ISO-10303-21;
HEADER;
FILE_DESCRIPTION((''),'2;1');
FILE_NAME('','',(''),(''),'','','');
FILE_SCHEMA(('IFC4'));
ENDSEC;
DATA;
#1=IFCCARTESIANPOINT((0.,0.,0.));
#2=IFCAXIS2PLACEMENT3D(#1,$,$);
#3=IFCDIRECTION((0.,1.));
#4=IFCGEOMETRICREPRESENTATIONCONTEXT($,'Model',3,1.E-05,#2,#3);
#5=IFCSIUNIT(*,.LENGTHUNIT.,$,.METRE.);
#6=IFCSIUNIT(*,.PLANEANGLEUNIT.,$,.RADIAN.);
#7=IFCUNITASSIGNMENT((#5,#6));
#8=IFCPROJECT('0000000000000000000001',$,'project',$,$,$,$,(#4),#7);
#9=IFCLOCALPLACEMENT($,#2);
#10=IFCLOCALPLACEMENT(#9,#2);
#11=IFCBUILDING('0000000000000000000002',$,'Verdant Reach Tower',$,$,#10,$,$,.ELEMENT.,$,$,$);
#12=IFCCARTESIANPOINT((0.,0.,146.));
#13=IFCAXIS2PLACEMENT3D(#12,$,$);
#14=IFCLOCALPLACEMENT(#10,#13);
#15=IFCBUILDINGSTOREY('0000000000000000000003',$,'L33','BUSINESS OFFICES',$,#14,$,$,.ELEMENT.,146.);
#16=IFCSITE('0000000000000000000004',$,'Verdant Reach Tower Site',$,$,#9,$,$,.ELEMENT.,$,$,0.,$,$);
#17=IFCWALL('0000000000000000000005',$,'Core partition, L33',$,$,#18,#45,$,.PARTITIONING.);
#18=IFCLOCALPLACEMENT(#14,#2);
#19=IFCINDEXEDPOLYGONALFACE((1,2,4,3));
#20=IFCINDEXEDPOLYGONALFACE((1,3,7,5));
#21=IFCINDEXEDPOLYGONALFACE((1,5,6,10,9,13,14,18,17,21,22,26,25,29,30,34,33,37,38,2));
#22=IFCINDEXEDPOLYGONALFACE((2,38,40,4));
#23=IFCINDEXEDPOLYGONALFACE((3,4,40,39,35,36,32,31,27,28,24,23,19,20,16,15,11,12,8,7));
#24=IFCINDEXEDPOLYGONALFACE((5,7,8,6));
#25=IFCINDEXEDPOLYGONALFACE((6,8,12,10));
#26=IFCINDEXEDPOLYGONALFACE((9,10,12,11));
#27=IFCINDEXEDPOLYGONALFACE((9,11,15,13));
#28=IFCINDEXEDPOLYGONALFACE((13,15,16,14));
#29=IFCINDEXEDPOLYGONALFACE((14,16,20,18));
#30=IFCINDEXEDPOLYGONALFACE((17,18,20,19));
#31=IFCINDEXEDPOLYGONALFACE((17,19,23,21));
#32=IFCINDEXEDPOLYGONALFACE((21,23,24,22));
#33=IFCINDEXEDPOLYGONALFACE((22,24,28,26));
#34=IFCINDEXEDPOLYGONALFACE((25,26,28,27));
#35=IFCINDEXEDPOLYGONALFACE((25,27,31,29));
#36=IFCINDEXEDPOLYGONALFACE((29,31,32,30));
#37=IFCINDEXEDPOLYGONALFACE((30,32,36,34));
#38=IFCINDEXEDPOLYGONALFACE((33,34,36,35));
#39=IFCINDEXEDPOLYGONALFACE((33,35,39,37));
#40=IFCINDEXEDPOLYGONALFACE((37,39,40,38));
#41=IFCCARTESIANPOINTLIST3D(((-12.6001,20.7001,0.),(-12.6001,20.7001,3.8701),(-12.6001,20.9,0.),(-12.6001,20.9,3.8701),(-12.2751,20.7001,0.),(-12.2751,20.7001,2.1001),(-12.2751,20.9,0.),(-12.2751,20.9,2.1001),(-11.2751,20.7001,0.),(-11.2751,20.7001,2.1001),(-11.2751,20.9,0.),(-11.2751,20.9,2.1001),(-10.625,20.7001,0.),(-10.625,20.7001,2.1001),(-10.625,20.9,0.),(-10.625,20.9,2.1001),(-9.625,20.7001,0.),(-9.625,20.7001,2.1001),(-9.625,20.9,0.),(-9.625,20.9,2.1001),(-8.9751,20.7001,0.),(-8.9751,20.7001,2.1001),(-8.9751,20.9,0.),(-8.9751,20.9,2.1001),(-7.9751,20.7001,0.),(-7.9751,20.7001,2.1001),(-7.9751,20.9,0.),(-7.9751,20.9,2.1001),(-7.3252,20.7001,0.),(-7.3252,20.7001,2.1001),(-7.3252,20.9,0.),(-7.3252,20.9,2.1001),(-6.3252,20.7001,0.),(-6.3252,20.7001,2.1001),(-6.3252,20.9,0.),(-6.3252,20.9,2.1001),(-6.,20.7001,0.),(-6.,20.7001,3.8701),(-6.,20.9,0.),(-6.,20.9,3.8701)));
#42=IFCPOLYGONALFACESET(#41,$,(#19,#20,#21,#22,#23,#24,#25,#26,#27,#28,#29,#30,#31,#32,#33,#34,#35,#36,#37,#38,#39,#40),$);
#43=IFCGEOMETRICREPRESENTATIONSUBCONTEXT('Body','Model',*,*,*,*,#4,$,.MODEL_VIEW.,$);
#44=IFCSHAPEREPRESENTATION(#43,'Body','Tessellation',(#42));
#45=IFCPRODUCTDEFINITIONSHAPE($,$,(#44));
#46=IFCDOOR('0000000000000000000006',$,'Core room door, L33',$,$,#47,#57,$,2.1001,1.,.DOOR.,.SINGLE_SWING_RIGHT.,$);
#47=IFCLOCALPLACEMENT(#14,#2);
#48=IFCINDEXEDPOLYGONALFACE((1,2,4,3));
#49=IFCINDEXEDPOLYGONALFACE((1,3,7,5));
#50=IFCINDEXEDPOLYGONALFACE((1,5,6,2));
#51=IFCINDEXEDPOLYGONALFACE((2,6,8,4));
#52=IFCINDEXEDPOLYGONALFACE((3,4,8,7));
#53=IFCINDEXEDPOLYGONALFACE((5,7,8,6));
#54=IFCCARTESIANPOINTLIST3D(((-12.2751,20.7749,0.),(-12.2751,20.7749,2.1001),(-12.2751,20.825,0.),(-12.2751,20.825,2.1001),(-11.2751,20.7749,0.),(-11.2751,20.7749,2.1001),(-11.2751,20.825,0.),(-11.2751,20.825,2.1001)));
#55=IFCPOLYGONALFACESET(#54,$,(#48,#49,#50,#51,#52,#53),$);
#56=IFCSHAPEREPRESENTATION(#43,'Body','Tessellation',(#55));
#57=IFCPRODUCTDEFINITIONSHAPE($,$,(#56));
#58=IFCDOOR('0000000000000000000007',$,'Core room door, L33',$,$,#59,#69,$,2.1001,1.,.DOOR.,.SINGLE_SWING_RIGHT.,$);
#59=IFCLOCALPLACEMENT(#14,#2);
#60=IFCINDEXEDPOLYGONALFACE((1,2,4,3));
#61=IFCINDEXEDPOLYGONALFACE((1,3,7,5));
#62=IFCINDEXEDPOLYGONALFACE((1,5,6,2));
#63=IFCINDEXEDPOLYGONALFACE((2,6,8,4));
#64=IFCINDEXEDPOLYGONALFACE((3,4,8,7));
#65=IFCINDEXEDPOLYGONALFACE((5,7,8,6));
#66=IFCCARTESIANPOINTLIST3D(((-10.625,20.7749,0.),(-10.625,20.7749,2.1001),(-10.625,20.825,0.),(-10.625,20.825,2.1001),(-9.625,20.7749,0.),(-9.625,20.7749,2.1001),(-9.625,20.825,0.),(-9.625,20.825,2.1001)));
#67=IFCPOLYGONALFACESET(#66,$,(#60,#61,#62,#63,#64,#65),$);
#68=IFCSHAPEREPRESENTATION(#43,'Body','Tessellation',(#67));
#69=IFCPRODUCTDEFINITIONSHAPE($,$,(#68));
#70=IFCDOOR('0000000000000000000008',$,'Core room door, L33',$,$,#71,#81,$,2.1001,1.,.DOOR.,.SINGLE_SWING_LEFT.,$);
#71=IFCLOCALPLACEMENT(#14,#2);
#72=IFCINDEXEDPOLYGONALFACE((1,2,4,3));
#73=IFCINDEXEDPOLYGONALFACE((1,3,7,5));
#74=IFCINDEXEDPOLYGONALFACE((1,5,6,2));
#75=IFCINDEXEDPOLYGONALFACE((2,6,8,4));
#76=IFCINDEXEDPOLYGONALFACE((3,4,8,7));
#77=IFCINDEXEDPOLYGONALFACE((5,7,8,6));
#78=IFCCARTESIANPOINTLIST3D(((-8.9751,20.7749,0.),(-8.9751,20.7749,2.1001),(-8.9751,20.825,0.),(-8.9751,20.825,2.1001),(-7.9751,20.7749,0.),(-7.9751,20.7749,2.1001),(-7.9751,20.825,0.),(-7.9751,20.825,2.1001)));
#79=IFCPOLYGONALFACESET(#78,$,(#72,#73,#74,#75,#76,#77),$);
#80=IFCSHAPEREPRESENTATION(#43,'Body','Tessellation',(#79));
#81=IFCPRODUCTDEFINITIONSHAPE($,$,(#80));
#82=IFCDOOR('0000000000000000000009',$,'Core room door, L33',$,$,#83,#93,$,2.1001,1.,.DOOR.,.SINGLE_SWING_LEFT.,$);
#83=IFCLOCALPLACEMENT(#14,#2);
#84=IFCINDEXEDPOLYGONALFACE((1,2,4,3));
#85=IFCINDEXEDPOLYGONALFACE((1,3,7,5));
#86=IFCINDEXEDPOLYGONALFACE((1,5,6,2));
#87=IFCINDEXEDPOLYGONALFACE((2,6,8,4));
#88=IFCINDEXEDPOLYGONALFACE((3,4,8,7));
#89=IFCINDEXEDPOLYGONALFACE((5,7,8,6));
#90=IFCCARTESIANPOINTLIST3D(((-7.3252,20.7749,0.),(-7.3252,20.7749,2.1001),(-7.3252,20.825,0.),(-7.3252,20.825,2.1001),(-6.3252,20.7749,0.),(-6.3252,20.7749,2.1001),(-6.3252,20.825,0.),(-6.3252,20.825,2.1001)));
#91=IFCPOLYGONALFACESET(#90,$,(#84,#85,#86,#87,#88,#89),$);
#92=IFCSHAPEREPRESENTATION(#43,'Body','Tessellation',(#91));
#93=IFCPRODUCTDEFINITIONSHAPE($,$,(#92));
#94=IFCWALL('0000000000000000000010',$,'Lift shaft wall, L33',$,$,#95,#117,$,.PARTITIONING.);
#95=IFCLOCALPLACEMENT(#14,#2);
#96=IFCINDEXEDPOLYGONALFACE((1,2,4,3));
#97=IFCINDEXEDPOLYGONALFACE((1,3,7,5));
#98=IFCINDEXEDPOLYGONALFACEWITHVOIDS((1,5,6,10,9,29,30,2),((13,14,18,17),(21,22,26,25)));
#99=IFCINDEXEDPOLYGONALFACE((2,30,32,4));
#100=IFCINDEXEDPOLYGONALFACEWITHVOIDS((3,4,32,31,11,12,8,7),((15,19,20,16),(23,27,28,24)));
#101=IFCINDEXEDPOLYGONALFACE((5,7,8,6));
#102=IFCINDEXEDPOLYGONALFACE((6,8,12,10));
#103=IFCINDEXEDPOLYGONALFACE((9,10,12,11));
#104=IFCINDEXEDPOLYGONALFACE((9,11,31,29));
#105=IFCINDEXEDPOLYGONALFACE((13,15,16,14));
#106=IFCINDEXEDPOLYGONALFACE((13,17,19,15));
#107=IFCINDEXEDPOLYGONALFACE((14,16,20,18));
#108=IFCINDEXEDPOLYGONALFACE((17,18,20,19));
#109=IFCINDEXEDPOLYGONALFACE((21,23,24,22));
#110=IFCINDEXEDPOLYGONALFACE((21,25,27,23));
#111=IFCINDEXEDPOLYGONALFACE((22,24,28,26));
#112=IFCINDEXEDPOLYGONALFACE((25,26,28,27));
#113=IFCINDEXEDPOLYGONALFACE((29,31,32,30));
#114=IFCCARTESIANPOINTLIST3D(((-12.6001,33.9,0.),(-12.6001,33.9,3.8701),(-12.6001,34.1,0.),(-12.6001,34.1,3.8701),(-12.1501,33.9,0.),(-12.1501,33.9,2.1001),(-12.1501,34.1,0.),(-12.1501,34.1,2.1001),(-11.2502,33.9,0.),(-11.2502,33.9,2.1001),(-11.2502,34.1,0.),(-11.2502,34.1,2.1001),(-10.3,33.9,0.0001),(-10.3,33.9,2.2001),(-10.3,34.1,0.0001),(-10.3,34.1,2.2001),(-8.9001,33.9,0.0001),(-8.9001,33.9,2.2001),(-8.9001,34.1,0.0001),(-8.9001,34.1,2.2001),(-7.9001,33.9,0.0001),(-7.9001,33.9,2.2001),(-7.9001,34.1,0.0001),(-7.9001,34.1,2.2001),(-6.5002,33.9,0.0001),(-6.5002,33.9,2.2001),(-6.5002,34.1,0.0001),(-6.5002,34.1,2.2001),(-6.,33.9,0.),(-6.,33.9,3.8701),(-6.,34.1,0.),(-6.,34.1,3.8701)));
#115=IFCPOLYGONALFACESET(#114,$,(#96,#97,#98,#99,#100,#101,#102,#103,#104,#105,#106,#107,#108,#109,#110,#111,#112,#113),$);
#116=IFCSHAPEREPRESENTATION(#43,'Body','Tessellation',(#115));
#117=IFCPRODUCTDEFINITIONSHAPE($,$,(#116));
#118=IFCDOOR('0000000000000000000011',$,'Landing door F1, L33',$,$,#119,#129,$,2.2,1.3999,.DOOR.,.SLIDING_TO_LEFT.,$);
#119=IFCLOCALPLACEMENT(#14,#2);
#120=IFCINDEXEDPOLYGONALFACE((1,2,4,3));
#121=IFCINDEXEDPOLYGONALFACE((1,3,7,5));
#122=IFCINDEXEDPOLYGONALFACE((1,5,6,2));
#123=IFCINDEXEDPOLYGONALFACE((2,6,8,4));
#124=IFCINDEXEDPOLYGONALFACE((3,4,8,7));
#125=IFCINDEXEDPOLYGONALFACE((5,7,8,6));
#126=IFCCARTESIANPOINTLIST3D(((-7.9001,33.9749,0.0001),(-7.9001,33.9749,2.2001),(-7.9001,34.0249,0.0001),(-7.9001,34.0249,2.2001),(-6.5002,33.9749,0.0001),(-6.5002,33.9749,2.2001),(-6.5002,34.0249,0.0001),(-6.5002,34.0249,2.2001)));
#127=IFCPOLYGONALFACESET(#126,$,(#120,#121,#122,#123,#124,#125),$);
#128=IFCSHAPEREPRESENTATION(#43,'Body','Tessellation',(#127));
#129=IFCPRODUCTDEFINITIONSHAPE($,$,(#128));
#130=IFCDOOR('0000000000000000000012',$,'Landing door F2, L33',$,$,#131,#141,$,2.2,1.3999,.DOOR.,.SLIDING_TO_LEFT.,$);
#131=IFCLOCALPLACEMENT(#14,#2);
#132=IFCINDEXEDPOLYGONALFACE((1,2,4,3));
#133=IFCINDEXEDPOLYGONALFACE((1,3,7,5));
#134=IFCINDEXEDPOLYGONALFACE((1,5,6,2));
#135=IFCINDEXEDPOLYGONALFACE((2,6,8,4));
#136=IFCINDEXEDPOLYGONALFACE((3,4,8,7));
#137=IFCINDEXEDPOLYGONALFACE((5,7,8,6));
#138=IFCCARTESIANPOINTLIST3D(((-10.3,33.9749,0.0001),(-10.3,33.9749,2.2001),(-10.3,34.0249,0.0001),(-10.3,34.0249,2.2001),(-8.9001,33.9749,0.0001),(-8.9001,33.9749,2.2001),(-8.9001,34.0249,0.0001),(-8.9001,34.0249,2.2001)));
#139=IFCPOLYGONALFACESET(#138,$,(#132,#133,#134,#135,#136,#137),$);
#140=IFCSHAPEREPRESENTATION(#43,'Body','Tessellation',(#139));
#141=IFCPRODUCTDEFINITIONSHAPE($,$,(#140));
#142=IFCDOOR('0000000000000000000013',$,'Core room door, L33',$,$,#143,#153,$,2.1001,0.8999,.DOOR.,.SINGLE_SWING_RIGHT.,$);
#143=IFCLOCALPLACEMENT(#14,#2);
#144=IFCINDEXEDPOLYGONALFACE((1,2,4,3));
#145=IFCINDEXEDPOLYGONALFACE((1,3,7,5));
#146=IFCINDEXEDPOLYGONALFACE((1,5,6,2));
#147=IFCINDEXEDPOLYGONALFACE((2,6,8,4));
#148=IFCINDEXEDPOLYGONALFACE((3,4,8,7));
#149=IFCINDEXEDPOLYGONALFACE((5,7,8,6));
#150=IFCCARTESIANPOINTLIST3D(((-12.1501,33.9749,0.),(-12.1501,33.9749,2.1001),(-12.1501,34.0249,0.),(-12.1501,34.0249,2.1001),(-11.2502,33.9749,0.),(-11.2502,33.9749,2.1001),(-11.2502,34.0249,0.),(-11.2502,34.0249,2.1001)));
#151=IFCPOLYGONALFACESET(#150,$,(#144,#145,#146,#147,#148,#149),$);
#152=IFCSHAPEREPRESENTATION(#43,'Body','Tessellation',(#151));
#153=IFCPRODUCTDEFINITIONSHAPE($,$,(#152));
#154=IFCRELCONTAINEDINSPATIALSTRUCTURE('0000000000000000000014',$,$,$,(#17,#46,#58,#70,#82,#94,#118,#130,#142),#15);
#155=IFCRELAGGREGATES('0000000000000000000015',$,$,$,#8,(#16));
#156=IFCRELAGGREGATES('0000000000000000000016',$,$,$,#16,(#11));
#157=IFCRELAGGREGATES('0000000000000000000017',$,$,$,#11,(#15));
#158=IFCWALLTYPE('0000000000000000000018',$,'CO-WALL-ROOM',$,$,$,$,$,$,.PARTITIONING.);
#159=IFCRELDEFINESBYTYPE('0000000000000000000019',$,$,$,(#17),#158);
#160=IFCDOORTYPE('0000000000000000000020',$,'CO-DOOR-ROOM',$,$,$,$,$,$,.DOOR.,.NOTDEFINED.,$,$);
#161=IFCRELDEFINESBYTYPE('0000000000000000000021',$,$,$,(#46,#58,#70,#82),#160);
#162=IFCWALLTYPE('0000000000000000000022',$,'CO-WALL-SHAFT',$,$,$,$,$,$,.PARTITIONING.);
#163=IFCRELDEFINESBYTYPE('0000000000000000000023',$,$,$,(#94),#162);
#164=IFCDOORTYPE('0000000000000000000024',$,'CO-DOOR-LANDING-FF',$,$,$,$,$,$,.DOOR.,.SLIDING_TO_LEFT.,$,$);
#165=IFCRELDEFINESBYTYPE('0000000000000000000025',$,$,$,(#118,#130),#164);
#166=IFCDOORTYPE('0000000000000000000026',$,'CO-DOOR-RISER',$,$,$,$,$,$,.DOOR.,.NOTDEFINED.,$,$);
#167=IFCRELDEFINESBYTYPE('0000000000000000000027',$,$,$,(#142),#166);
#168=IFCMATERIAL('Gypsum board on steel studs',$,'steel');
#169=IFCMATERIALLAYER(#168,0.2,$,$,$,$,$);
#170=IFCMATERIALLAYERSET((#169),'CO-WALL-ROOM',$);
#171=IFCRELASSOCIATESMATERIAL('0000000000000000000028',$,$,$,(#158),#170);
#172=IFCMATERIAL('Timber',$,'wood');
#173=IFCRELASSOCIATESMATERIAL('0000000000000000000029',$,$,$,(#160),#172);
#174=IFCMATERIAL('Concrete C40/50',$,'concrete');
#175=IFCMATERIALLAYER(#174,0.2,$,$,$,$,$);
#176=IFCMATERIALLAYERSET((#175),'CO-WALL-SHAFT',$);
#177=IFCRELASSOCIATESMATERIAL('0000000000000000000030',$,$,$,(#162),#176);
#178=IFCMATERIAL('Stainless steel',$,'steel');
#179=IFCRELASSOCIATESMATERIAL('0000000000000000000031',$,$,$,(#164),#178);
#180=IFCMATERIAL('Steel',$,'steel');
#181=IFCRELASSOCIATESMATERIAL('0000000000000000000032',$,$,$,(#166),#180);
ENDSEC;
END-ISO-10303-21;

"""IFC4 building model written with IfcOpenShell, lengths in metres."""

from ifc_helpers import new_model, si_unit, direction, frame, frame_2d, origin, place, context, subcontext, project, spatial, rectangle, extrude, material, layer, layer_set, type_object, element, fill, save


model = new_model("IFC4")

# Units and contexts
model_context = context("Model", 3, precision=1e-05, world=origin(), true_north=direction((0.0, 1.0)))
body_context = subcontext(model_context, "Body", "Model", "MODEL_VIEW")
ifc_project = project(units=[si_unit("LENGTHUNIT", "METRE"), si_unit("PLANEANGLEUNIT", "RADIAN")], contexts=[model_context])

# Site, building, storey
site_placement = place(None, origin())
site = spatial("IfcSite", under=ifc_project, at=site_placement, Name="Verdant Reach Tower Site", CompositionType="ELEMENT", RefElevation=0.0)
building_placement = place(site_placement, origin())
building = spatial("IfcBuilding", under=site, at=building_placement, Name="Verdant Reach Tower", CompositionType="ELEMENT")
storey_placement = place(building_placement, frame((0.0, 0.0, 146.0)))
storey = spatial("IfcBuildingStorey", under=building, at=storey_placement, Name="L33", Description="BUSINESS OFFICES", CompositionType="ELEMENT", Elevation=146.0)

# Walls, openings, doors
ifc_material_1 = material(Name="Gypsum board on steel studs", Category="steel")
ifc_layer_1 = layer(ifc_material_1, 0.2)
ifc_layer_set_1 = layer_set([ifc_layer_1], Name="CO-WALL-ROOM")
wall_type_1 = type_object("IfcWallType", Name="CO-WALL-ROOM", PredefinedType="PARTITIONING", material=ifc_layer_set_1)
wall_1_placement = place(storey_placement, frame((-12.6001, 20.8, 0.0), z_axis=(0.0, 0.0, 1.0), x_axis=(1.0, 0.0, 0.0)))
wall_1 = element("IfcWall", 1, at=wall_1_placement, inside=storey, type_object=wall_type_1, Name="Core partition, L33", PredefinedType="PARTITIONING", context=body_context, shape_type="SweptSolid", body=[
    extrude(rectangle(XDim=6.6001, YDim=0.2, at=frame_2d((3.3, 0.0))), origin(), (0.0, 0.0, 1.0), 3.8701),
])
opening_1_placement = place(wall_1_placement, frame((0.325, 0.0, 0.0)))
opening_1 = element("IfcOpeningElement", 2, at=opening_1_placement, cuts=wall_1, PredefinedType="OPENING", context=body_context, shape_type="SweptSolid", body=[
    extrude(rectangle(XDim=1.0, YDim=2.1001, at=frame_2d((0.5, 1.05))), frame((0.0, 0.1099, 0.0), z_axis=(0.0, -1.0, 0.0), x_axis=(1.0, 0.0, 0.0)), (0.0, 0.0, 1.0), 0.22),
])
opening_2_placement = place(wall_1_placement, frame((1.9751, 0.0, 0.0)))
opening_2 = element("IfcOpeningElement", 3, at=opening_2_placement, cuts=wall_1, PredefinedType="OPENING", context=body_context, shape_type="SweptSolid", body=[
    extrude(rectangle(XDim=1.0, YDim=2.1001, at=frame_2d((0.5, 1.05))), frame((0.0, 0.1099, 0.0), z_axis=(0.0, -1.0, 0.0), x_axis=(1.0, 0.0, 0.0)), (0.0, 0.0, 1.0), 0.22),
])
opening_3_placement = place(wall_1_placement, frame((3.625, 0.0, 0.0)))
opening_3 = element("IfcOpeningElement", 4, at=opening_3_placement, cuts=wall_1, PredefinedType="OPENING", context=body_context, shape_type="SweptSolid", body=[
    extrude(rectangle(XDim=1.0, YDim=2.1001, at=frame_2d((0.5, 1.05))), frame((0.0, 0.1099, 0.0), z_axis=(0.0, -1.0, 0.0), x_axis=(1.0, 0.0, 0.0)), (0.0, 0.0, 1.0), 0.22),
])
opening_4_placement = place(wall_1_placement, frame((5.2749, 0.0, 0.0)))
opening_4 = element("IfcOpeningElement", 5, at=opening_4_placement, cuts=wall_1, PredefinedType="OPENING", context=body_context, shape_type="SweptSolid", body=[
    extrude(rectangle(XDim=1.0, YDim=2.1001, at=frame_2d((0.5, 1.05))), frame((0.0, 0.1099, 0.0), z_axis=(0.0, -1.0, 0.0), x_axis=(1.0, 0.0, 0.0)), (0.0, 0.0, 1.0), 0.22),
])
ifc_material_2 = material(Name="Timber", Category="wood")
door_type_1 = type_object("IfcDoorType", Name="CO-DOOR-ROOM", OperationType="NOTDEFINED", PredefinedType="DOOR", material=ifc_material_2)
door_1_placement = place(opening_1_placement, origin())
door_1 = element("IfcDoor", 6, at=door_1_placement, inside=storey, type_object=door_type_1, Name="Core room door, L33", OperationType="SINGLE_SWING_RIGHT", OverallHeight=2.1001, OverallWidth=1.0, PredefinedType="DOOR", context=body_context, shape_type="SweptSolid", body=[
    extrude(rectangle(XDim=1.0, YDim=2.1001, at=frame_2d((0.5, 1.05))), frame((0.0, 0.0249, 0.0), z_axis=(0.0, -1.0, 0.0), x_axis=(1.0, 0.0, 0.0)), (0.0, 0.0, 1.0), 0.05),
])
fill(opening_1, door_1)
door_2_placement = place(opening_2_placement, origin())
door_2 = element("IfcDoor", 7, at=door_2_placement, inside=storey, type_object=door_type_1, Name="Core room door, L33", OperationType="SINGLE_SWING_RIGHT", OverallHeight=2.1001, OverallWidth=1.0, PredefinedType="DOOR", context=body_context, shape_type="SweptSolid", body=[
    extrude(rectangle(XDim=1.0, YDim=2.1001, at=frame_2d((0.5, 1.05))), frame((0.0, 0.0249, 0.0), z_axis=(0.0, -1.0, 0.0), x_axis=(1.0, 0.0, 0.0)), (0.0, 0.0, 1.0), 0.05),
])
fill(opening_2, door_2)
door_3_placement = place(opening_3_placement, origin())
door_3 = element("IfcDoor", 8, at=door_3_placement, inside=storey, type_object=door_type_1, Name="Core room door, L33", OperationType="SINGLE_SWING_LEFT", OverallHeight=2.1001, OverallWidth=1.0, PredefinedType="DOOR", context=body_context, shape_type="SweptSolid", body=[
    extrude(rectangle(XDim=1.0, YDim=2.1001, at=frame_2d((0.5, 1.05))), frame((0.0, 0.0249, 0.0), z_axis=(0.0, -1.0, 0.0), x_axis=(1.0, 0.0, 0.0)), (0.0, 0.0, 1.0), 0.05),
])
fill(opening_3, door_3)
door_4_placement = place(opening_4_placement, origin())
door_4 = element("IfcDoor", 9, at=door_4_placement, inside=storey, type_object=door_type_1, Name="Core room door, L33", OperationType="SINGLE_SWING_LEFT", OverallHeight=2.1001, OverallWidth=1.0, PredefinedType="DOOR", context=body_context, shape_type="SweptSolid", body=[
    extrude(rectangle(XDim=1.0, YDim=2.1001, at=frame_2d((0.5, 1.05))), frame((0.0, 0.0249, 0.0), z_axis=(0.0, -1.0, 0.0), x_axis=(1.0, 0.0, 0.0)), (0.0, 0.0, 1.0), 0.05),
])
fill(opening_4, door_4)
ifc_material_3 = material(Name="Concrete C40/50", Category="concrete")
ifc_layer_2 = layer(ifc_material_3, 0.2)
ifc_layer_set_2 = layer_set([ifc_layer_2], Name="CO-WALL-SHAFT")
wall_type_2 = type_object("IfcWallType", Name="CO-WALL-SHAFT", PredefinedType="PARTITIONING", material=ifc_layer_set_2)
wall_2_placement = place(storey_placement, frame((-12.6001, 34.0, 0.0), z_axis=(0.0, 0.0, 1.0), x_axis=(1.0, 0.0, 0.0)))
wall_2 = element("IfcWall", 10, at=wall_2_placement, inside=storey, type_object=wall_type_2, Name="Lift shaft wall, L33", PredefinedType="PARTITIONING", context=body_context, shape_type="SweptSolid", body=[
    extrude(rectangle(XDim=6.6001, YDim=0.2, at=frame_2d((3.3, 0.0))), origin(), (0.0, 0.0, 1.0), 3.8701),
])
opening_5_placement = place(wall_2_placement, frame((4.7, 0.0, 0.0)))
opening_5 = element("IfcOpeningElement", 11, at=opening_5_placement, cuts=wall_2, PredefinedType="OPENING", context=body_context, shape_type="SweptSolid", body=[
    extrude(rectangle(XDim=1.3999, YDim=2.2, at=frame_2d((0.7, 1.1001))), frame((0.0, 0.1099, 0.0), z_axis=(0.0, -1.0, 0.0), x_axis=(1.0, 0.0, 0.0)), (0.0, 0.0, 1.0), 0.22),
])
opening_6_placement = place(wall_2_placement, frame((2.3, 0.0, 0.0)))
opening_6 = element("IfcOpeningElement", 12, at=opening_6_placement, cuts=wall_2, PredefinedType="OPENING", context=body_context, shape_type="SweptSolid", body=[
    extrude(rectangle(XDim=1.3999, YDim=2.2, at=frame_2d((0.7, 1.1001))), frame((0.0, 0.1099, 0.0), z_axis=(0.0, -1.0, 0.0), x_axis=(1.0, 0.0, 0.0)), (0.0, 0.0, 1.0), 0.22),
])
opening_7_placement = place(wall_2_placement, frame((0.45, 0.0, 0.0)))
opening_7 = element("IfcOpeningElement", 13, at=opening_7_placement, cuts=wall_2, PredefinedType="OPENING", context=body_context, shape_type="SweptSolid", body=[
    extrude(rectangle(XDim=0.8999, YDim=2.1001, at=frame_2d((0.45, 1.05))), frame((0.0, 0.1099, 0.0), z_axis=(0.0, -1.0, 0.0), x_axis=(1.0, 0.0, 0.0)), (0.0, 0.0, 1.0), 0.22),
])
ifc_material_4 = material(Name="Stainless steel", Category="steel")
door_type_2 = type_object("IfcDoorType", Name="CO-DOOR-LANDING-FF", OperationType="SLIDING_TO_LEFT", PredefinedType="DOOR", material=ifc_material_4)
door_5_placement = place(opening_5_placement, origin())
door_5 = element("IfcDoor", 14, at=door_5_placement, inside=storey, type_object=door_type_2, Name="Landing door F1, L33", OperationType="SLIDING_TO_LEFT", OverallHeight=2.2, OverallWidth=1.3999, PredefinedType="DOOR", context=body_context, shape_type="SweptSolid", body=[
    extrude(rectangle(XDim=1.3999, YDim=2.2, at=frame_2d((0.7, 1.1001))), frame((0.0, 0.0249, 0.0), z_axis=(0.0, -1.0, 0.0), x_axis=(1.0, 0.0, 0.0)), (0.0, 0.0, 1.0), 0.05),
])
fill(opening_5, door_5)
door_6_placement = place(opening_6_placement, origin())
door_6 = element("IfcDoor", 15, at=door_6_placement, inside=storey, type_object=door_type_2, Name="Landing door F2, L33", OperationType="SLIDING_TO_LEFT", OverallHeight=2.2, OverallWidth=1.3999, PredefinedType="DOOR", context=body_context, shape_type="SweptSolid", body=[
    extrude(rectangle(XDim=1.3999, YDim=2.2, at=frame_2d((0.7, 1.1001))), frame((0.0, 0.0249, 0.0), z_axis=(0.0, -1.0, 0.0), x_axis=(1.0, 0.0, 0.0)), (0.0, 0.0, 1.0), 0.05),
])
fill(opening_6, door_6)
ifc_material_5 = material(Name="Steel", Category="steel")
door_type_3 = type_object("IfcDoorType", Name="CO-DOOR-RISER", OperationType="NOTDEFINED", PredefinedType="DOOR", material=ifc_material_5)
door_7_placement = place(opening_7_placement, origin())
door_7 = element("IfcDoor", 16, at=door_7_placement, inside=storey, type_object=door_type_3, Name="Core room door, L33", OperationType="SINGLE_SWING_RIGHT", OverallHeight=2.1001, OverallWidth=0.8999, PredefinedType="DOOR", context=body_context, shape_type="SweptSolid", body=[
    extrude(rectangle(XDim=0.8999, YDim=2.1001, at=frame_2d((0.45, 1.05))), frame((0.0, 0.0249, 0.0), z_axis=(0.0, -1.0, 0.0), x_axis=(1.0, 0.0, 0.0)), (0.0, 0.0, 1.0), 0.05),
])
fill(opening_7, door_7)

save(model, "model.ifc")
